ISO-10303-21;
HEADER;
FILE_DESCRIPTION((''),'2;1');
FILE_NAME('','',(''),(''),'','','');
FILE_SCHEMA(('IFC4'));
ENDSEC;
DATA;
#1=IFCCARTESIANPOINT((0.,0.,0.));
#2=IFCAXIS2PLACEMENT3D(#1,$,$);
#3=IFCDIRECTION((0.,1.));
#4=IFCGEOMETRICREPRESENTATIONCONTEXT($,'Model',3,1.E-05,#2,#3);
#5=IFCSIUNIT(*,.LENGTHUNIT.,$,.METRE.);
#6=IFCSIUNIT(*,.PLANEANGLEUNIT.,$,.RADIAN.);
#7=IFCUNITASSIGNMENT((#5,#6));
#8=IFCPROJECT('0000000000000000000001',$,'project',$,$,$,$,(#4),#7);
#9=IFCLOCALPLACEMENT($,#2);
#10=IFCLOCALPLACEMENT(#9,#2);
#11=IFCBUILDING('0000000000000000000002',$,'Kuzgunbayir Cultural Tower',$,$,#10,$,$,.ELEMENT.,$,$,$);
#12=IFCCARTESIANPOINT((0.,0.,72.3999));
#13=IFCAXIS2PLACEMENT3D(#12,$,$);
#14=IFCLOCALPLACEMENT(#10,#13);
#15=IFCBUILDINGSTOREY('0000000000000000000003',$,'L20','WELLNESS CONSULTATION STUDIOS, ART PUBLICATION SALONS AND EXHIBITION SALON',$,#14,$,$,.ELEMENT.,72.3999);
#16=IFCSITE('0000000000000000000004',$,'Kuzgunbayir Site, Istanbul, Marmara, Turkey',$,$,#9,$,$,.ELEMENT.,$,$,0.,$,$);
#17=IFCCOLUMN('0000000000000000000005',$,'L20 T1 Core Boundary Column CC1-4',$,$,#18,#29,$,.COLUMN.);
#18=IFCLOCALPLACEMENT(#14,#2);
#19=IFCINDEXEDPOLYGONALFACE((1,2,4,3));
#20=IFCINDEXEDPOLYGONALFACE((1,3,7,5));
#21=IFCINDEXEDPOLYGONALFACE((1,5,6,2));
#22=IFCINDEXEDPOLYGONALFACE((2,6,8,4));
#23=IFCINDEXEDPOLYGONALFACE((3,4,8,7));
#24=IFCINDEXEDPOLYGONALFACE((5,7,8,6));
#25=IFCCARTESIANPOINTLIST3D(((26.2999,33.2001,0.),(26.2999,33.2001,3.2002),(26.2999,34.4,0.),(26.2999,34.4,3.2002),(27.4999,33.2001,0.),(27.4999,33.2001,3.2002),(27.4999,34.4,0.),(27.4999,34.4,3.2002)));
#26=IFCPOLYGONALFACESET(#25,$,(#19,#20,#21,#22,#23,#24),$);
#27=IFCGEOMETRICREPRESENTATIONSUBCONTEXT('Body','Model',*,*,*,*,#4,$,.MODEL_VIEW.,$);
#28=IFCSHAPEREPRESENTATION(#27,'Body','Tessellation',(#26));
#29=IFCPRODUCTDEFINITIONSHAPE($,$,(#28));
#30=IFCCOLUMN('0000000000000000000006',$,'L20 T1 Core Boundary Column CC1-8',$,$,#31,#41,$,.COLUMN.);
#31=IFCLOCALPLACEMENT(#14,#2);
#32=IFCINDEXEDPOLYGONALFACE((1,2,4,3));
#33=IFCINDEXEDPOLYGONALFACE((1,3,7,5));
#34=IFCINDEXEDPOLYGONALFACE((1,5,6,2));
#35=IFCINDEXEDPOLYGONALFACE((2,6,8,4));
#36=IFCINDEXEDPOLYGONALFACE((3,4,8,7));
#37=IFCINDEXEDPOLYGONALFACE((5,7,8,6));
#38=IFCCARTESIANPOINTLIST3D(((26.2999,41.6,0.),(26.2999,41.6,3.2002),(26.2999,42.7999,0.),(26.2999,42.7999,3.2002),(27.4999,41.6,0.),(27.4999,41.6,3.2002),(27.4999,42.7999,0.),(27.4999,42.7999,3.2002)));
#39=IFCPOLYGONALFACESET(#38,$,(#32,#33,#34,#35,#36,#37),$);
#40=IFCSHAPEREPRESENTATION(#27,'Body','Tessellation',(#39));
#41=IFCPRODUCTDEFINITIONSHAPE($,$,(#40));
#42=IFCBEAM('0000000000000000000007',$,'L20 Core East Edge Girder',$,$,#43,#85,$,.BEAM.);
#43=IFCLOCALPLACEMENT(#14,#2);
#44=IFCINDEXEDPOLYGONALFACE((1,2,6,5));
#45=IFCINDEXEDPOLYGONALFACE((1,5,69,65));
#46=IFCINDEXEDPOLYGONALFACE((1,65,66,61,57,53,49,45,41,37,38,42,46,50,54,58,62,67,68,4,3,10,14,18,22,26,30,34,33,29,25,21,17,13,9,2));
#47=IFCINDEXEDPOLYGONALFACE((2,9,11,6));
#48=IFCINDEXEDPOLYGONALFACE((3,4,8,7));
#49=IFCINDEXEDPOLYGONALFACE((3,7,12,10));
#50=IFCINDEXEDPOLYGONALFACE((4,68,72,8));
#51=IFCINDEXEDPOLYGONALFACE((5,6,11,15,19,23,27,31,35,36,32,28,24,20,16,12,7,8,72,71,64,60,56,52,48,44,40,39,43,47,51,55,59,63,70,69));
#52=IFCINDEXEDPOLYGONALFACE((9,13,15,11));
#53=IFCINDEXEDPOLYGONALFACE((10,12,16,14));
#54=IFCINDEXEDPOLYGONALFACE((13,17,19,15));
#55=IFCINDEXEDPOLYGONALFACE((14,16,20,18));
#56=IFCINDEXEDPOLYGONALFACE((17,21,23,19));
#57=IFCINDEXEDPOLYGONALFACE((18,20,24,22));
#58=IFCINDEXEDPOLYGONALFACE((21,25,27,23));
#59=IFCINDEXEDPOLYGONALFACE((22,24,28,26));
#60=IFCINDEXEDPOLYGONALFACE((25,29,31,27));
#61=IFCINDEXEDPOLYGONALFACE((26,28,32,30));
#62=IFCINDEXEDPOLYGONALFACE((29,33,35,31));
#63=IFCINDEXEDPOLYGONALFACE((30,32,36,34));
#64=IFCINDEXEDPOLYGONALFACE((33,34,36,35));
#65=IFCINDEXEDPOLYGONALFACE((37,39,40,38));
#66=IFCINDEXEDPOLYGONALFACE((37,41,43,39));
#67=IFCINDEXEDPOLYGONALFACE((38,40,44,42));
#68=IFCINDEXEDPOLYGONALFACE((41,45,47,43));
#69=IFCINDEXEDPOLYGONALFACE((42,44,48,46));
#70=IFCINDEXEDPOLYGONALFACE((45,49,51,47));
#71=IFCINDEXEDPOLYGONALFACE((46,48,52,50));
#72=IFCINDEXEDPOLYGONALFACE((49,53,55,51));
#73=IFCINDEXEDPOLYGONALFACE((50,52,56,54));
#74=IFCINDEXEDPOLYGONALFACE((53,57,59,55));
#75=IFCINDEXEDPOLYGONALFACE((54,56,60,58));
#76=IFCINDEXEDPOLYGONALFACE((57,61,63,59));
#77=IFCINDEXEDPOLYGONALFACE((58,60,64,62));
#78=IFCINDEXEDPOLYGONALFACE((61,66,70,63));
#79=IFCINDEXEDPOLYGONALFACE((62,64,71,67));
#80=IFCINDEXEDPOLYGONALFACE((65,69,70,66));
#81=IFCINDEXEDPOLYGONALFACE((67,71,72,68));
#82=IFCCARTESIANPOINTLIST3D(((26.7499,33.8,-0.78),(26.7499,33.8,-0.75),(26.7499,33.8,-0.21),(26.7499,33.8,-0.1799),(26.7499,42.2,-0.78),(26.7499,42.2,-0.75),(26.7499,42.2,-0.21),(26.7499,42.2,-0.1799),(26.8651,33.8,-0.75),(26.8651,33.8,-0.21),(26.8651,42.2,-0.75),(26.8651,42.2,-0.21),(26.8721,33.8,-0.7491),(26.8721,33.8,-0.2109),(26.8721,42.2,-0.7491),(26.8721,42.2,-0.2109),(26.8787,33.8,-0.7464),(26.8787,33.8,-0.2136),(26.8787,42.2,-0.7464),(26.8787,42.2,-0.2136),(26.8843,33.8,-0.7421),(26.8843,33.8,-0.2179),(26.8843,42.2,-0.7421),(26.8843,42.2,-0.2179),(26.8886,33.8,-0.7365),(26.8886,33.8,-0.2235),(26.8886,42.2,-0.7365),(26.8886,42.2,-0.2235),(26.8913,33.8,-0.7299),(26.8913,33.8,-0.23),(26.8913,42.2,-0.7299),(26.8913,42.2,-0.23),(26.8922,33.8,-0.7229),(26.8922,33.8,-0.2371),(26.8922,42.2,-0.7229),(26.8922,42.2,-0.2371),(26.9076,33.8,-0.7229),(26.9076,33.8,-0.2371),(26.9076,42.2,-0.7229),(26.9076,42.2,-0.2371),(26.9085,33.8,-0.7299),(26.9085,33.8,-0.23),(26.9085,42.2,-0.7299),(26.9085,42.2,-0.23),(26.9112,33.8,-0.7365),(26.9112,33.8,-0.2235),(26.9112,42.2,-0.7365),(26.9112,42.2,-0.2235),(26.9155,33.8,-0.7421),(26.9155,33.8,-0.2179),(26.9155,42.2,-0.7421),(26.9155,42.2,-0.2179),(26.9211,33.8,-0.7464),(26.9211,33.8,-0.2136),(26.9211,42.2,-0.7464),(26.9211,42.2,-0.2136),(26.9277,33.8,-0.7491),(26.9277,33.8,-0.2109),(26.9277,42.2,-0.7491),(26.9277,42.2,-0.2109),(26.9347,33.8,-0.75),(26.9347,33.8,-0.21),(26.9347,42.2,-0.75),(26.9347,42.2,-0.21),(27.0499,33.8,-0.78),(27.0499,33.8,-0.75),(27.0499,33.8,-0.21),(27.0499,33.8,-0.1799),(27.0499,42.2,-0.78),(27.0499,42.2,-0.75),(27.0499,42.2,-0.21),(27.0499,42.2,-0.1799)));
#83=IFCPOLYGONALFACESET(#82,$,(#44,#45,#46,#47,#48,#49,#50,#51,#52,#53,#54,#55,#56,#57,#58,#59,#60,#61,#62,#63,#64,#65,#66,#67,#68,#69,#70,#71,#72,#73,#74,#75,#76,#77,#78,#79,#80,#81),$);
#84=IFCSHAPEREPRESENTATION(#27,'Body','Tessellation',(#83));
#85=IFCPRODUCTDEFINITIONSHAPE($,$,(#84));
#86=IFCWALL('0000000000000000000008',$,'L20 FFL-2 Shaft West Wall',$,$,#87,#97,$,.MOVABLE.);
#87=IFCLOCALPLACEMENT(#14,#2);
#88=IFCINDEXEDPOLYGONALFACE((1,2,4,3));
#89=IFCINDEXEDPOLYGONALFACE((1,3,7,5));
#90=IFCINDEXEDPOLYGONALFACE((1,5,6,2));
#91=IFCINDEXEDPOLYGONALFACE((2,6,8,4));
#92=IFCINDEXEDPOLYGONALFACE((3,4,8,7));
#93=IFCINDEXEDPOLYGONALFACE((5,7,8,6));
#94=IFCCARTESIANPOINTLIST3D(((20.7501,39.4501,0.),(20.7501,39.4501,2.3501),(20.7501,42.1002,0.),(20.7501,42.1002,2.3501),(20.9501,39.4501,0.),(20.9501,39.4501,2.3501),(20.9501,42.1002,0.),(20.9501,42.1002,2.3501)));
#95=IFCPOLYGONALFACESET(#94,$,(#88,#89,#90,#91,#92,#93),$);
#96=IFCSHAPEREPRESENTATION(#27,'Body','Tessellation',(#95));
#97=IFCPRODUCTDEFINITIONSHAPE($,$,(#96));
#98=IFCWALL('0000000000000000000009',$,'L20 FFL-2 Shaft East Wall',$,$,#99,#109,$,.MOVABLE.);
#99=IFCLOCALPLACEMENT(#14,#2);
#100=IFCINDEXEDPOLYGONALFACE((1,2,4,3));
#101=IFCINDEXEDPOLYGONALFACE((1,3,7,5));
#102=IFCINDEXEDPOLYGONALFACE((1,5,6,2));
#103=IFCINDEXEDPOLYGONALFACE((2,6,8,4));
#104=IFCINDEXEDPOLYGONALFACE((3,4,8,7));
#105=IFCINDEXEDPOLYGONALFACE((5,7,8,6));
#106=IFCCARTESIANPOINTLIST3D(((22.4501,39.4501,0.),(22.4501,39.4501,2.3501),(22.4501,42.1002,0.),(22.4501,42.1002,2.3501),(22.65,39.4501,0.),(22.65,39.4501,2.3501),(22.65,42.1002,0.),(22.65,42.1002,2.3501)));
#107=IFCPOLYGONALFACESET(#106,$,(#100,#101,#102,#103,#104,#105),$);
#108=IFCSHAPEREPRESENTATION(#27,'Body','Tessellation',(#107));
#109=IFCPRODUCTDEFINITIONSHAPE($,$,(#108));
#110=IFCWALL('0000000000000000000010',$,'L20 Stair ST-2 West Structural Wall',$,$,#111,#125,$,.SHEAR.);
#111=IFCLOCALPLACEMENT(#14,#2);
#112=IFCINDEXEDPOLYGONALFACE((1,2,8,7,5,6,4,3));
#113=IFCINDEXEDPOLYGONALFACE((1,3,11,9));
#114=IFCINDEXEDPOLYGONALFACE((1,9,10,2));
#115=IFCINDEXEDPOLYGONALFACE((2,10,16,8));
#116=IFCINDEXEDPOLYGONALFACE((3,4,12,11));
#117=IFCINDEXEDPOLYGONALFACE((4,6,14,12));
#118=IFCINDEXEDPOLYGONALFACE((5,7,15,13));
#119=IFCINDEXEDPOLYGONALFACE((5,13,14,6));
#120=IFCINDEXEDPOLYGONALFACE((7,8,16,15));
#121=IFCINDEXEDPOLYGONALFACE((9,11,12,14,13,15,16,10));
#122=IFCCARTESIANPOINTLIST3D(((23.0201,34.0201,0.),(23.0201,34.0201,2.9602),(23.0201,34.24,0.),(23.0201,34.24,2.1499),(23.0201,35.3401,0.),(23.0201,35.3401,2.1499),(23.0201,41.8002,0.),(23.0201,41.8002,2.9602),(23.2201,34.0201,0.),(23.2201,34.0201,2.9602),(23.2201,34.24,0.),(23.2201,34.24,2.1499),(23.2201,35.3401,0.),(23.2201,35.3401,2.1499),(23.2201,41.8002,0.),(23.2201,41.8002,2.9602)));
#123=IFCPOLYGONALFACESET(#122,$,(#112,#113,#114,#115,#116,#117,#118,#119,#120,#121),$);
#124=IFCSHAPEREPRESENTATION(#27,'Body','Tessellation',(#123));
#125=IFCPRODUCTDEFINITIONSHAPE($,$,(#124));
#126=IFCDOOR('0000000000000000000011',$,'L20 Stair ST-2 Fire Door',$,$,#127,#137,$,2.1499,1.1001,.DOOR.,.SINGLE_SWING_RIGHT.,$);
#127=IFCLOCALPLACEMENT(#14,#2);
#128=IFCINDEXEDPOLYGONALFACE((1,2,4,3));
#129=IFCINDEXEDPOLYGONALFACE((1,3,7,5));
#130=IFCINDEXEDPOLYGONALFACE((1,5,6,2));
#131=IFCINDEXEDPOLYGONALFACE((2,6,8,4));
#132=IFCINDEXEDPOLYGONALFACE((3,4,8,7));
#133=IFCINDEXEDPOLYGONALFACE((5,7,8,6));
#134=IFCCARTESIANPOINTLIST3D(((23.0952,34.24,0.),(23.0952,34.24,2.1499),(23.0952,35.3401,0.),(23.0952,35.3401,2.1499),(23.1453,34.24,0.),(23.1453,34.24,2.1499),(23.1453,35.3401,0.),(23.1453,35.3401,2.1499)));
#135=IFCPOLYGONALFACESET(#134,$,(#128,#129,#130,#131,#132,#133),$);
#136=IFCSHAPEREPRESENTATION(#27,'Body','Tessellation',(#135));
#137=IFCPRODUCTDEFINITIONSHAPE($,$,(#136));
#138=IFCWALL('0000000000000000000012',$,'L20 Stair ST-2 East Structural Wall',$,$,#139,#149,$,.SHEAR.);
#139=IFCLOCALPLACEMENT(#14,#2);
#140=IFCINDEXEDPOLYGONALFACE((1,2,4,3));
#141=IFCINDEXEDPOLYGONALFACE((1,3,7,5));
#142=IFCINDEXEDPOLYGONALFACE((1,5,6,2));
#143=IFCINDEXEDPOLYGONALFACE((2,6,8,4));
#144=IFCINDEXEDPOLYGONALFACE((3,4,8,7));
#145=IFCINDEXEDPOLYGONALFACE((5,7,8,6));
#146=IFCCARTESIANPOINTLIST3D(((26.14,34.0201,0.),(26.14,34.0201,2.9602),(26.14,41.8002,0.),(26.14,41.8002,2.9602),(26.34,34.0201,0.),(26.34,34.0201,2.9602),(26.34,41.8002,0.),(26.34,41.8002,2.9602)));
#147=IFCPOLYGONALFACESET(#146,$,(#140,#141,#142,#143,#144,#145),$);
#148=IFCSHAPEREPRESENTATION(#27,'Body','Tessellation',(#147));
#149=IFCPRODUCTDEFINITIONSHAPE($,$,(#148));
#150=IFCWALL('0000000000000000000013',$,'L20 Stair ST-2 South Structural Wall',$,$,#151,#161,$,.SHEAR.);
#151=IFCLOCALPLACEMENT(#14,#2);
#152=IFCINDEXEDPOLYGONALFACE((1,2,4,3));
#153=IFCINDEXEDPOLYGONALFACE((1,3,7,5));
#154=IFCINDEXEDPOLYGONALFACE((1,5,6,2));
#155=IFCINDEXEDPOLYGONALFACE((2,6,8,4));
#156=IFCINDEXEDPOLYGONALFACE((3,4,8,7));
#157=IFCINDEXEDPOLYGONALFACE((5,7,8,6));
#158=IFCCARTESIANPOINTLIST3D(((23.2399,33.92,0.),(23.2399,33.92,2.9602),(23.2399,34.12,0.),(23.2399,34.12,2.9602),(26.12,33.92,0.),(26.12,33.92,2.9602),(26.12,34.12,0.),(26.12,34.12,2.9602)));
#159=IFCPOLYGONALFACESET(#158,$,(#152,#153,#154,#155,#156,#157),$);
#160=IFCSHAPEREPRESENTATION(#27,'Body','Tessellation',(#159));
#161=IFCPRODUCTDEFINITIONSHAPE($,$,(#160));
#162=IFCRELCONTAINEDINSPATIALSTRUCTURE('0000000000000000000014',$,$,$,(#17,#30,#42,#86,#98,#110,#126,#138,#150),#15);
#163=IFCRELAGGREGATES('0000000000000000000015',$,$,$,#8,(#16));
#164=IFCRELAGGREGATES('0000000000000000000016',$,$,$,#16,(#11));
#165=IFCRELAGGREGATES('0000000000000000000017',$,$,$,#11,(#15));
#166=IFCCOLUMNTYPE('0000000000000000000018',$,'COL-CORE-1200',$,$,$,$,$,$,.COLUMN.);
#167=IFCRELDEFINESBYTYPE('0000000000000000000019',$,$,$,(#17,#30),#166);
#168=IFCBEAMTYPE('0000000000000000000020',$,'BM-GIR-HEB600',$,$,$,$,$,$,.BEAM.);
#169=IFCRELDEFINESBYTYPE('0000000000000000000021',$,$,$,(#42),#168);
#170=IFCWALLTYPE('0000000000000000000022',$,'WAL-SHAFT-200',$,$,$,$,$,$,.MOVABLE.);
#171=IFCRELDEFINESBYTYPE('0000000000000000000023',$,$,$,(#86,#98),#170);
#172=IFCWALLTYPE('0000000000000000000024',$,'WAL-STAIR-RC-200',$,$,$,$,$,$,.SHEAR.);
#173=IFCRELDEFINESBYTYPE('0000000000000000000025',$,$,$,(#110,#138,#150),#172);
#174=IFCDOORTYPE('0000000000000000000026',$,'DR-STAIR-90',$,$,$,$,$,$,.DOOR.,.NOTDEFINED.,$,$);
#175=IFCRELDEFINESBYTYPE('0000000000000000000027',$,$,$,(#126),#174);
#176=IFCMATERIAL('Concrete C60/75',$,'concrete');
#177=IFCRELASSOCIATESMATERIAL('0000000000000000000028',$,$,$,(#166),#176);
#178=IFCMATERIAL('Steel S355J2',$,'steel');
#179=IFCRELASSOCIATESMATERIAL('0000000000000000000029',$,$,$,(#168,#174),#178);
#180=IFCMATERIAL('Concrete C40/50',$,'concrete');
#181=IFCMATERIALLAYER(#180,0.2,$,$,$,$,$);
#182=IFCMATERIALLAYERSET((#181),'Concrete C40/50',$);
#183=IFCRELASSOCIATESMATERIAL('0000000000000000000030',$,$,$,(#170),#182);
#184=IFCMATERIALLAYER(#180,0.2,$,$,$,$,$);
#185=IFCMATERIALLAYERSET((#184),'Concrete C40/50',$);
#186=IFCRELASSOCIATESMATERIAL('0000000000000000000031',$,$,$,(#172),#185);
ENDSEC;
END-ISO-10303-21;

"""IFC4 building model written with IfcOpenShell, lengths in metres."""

from ifc_helpers import new_model, si_unit, direction, frame, frame_2d, origin, origin_2d, place, context, subcontext, project, spatial, rectangle, i_section, extrude, material, layer, layer_set, material_profile, profile_set, type_object, element, fill, save


model = new_model("IFC4")

# Units and contexts
model_context = context("Model", 3, precision=1e-05, world=origin(), true_north=direction((0.0, 1.0)))
body_context = subcontext(model_context, "Body", "Model", "MODEL_VIEW")
ifc_project = project(units=[si_unit("LENGTHUNIT", "METRE"), si_unit("PLANEANGLEUNIT", "RADIAN")], contexts=[model_context])

# Site, building, storey
site_placement = place(None, origin())
site = spatial("IfcSite", under=ifc_project, at=site_placement, Name="Kuzgunbayir Site, Istanbul, Marmara, Turkey", CompositionType="ELEMENT", RefElevation=0.0)
building_placement = place(site_placement, origin())
building = spatial("IfcBuilding", under=site, at=building_placement, Name="Kuzgunbayir Cultural Tower", CompositionType="ELEMENT")
storey_placement = place(building_placement, frame((0.0, 0.0, 72.3999)))
storey = spatial("IfcBuildingStorey", under=building, at=storey_placement, Name="L20", Description="WELLNESS CONSULTATION STUDIOS, ART PUBLICATION SALONS AND EXHIBITION SALON", CompositionType="ELEMENT", Elevation=72.3999)

# Columns
ifc_material_1 = material(Name="Concrete C60/75", Category="concrete")
ifc_material_profile_1 = material_profile(ifc_material_1, rectangle(XDim=1.2, YDim=1.2, at=origin_2d()), Name="RC 1200x1200")
ifc_profile_set_1 = profile_set([ifc_material_profile_1], Name="Concrete C60/75")
column_type = type_object("IfcColumnType", Name="COL-CORE-1200", PredefinedType="COLUMN", material=ifc_profile_set_1)
for number, where, z_axis, x_axis, name in (
    (1, (26.8999, 33.8, 0.0), (0.0, 0.0, 1.0), (1.0, 0.0, 0.0), "L20 T1 Core Boundary Column CC1-4"),
    (2, (26.8999, 42.2, 0.0), (0.0, 0.0, 1.0), (1.0, 0.0, 0.0), "L20 T1 Core Boundary Column CC1-8"),
):
    element("IfcColumn", number, at=place(storey_placement, frame(where, z_axis=z_axis, x_axis=x_axis)), inside=storey, type_object=column_type, Name=name, PredefinedType="COLUMN", context=body_context, shape_type="SweptSolid", body=[
        extrude(rectangle(XDim=1.2, YDim=1.2, at=origin_2d()), origin(), (0.0, 0.0, 1.0), 3.2002),
    ])

# Beam
ifc_material_2 = material(Name="Steel S355J2", Category="steel")
ifc_material_profile_2 = material_profile(ifc_material_2, i_section(OverallWidth=0.3, OverallDepth=0.6001, WebThickness=0.0154, FlangeThickness=0.03, FilletRadius=0.0271, at=origin_2d()), Name="HEB 600")
ifc_profile_set_2 = profile_set([ifc_material_profile_2], Name="Steel S355J2")
beam_type = type_object("IfcBeamType", Name="BM-GIR-HEB600", PredefinedType="BEAM", material=ifc_profile_set_2)
beam_placement = place(storey_placement, frame((26.8999, 33.8, -0.48), z_axis=(0.0, 1.0, 0.0), x_axis=(-1.0, 0.0, 0.0)))
element("IfcBeam", 3, at=beam_placement, inside=storey, type_object=beam_type, Name="L20 Core East Edge Girder", PredefinedType="BEAM", context=body_context, shape_type="SweptSolid", body=[
    extrude(i_section(OverallWidth=0.3, OverallDepth=0.6001, WebThickness=0.0154, FlangeThickness=0.03, FilletRadius=0.0271, at=origin_2d()), origin(), (0.0, 0.0, 1.0), 8.3999),
])

# Shared definitions
ifc_material_3 = material(Name="Concrete C40/50", Category="concrete")
ifc_layer_1 = layer(ifc_material_3, 0.2)
ifc_layer_set_1 = layer_set([ifc_layer_1], Name="Concrete C40/50")
wall_type_1 = type_object("IfcWallType", Name="WAL-SHAFT-200", PredefinedType="MOVABLE", material=ifc_layer_set_1)

# Walls
for number, where, z_axis, x_axis, name in (
    (4, (20.8501, 39.45, 0.0), (0.0, 0.0, 1.0), (0.0, 1.0, 0.0), "L20 FFL-2 Shaft West Wall"),
    (5, (22.55, 39.45, 0.0), (0.0, 0.0, 1.0), (0.0, 1.0, 0.0), "L20 FFL-2 Shaft East Wall"),
):
    element("IfcWall", number, at=place(storey_placement, frame(where, z_axis=z_axis, x_axis=x_axis)), inside=storey, type_object=wall_type_1, Name=name, PredefinedType="MOVABLE", context=body_context, shape_type="SweptSolid", body=[
        extrude(rectangle(XDim=2.6501, YDim=0.2, at=frame_2d((1.3252, 0.0))), origin(), (0.0, 0.0, 1.0), 2.3501),
    ])

# Wall, opening, door
ifc_layer_2 = layer(ifc_material_3, 0.2)
ifc_layer_set_2 = layer_set([ifc_layer_2], Name="Concrete C40/50")
wall_type_2 = type_object("IfcWallType", Name="WAL-STAIR-RC-200", PredefinedType="SHEAR", material=ifc_layer_set_2)
wall_1_placement = place(storey_placement, frame((23.1201, 34.02, 0.0), z_axis=(0.0, 0.0, 1.0), x_axis=(0.0, 1.0, 0.0)))
wall_1 = element("IfcWall", 6, at=wall_1_placement, inside=storey, type_object=wall_type_2, Name="L20 Stair ST-2 West Structural Wall", PredefinedType="SHEAR", context=body_context, shape_type="SweptSolid", body=[
    extrude(rectangle(XDim=7.78, YDim=0.2, at=frame_2d((3.8901, 0.0))), origin(), (0.0, 0.0, 1.0), 2.9602),
])
opening_1_placement = place(wall_1_placement, frame((0.22, 0.0, 0.0)))
opening_1 = element("IfcOpeningElement", 7, at=opening_1_placement, cuts=wall_1, PredefinedType="OPENING", context=body_context, shape_type="SweptSolid", body=[
    extrude(rectangle(XDim=1.1001, YDim=2.1499, at=frame_2d((0.55, 1.075))), frame((0.0, 0.1099, 0.0), z_axis=(0.0, -1.0, 0.0), x_axis=(1.0, 0.0, 0.0)), (0.0, 0.0, 1.0), 0.22),
])
door_type_1 = type_object("IfcDoorType", Name="DR-STAIR-90", OperationType="NOTDEFINED", PredefinedType="DOOR", material=ifc_material_2)
door_1_placement = place(opening_1_placement, origin())
door_1 = element("IfcDoor", 8, at=door_1_placement, inside=storey, type_object=door_type_1, Name="L20 Stair ST-2 Fire Door", OperationType="SINGLE_SWING_RIGHT", OverallHeight=2.1499, OverallWidth=1.1001, PredefinedType="DOOR", context=body_context, shape_type="SweptSolid", body=[
    extrude(rectangle(XDim=1.1001, YDim=2.1499, at=frame_2d((0.55, 1.075))), frame((0.0, 0.0249, 0.0), z_axis=(0.0, -1.0, 0.0), x_axis=(1.0, 0.0, 0.0)), (0.0, 0.0, 1.0), 0.05),
])
fill(opening_1, door_1)

# Walls
wall_2_placement = place(storey_placement, frame((26.24, 34.02, 0.0), z_axis=(0.0, 0.0, 1.0), x_axis=(0.0, 1.0, 0.0)))
element("IfcWall", 9, at=wall_2_placement, inside=storey, type_object=wall_type_2, Name="L20 Stair ST-2 East Structural Wall", PredefinedType="SHEAR", context=body_context, shape_type="SweptSolid", body=[
    extrude(rectangle(XDim=7.78, YDim=0.2, at=frame_2d((3.8901, 0.0))), origin(), (0.0, 0.0, 1.0), 2.9602),
])
wall_3_placement = place(storey_placement, frame((23.24, 34.02, 0.0), z_axis=(0.0, 0.0, 1.0), x_axis=(1.0, 0.0, 0.0)))
element("IfcWall", 10, at=wall_3_placement, inside=storey, type_object=wall_type_2, Name="L20 Stair ST-2 South Structural Wall", PredefinedType="SHEAR", context=body_context, shape_type="SweptSolid", body=[
    extrude(rectangle(XDim=2.8801, YDim=0.2, at=frame_2d((1.4399, 0.0))), origin(), (0.0, 0.0, 1.0), 2.9602),
])

save(model, "model.ifc")
